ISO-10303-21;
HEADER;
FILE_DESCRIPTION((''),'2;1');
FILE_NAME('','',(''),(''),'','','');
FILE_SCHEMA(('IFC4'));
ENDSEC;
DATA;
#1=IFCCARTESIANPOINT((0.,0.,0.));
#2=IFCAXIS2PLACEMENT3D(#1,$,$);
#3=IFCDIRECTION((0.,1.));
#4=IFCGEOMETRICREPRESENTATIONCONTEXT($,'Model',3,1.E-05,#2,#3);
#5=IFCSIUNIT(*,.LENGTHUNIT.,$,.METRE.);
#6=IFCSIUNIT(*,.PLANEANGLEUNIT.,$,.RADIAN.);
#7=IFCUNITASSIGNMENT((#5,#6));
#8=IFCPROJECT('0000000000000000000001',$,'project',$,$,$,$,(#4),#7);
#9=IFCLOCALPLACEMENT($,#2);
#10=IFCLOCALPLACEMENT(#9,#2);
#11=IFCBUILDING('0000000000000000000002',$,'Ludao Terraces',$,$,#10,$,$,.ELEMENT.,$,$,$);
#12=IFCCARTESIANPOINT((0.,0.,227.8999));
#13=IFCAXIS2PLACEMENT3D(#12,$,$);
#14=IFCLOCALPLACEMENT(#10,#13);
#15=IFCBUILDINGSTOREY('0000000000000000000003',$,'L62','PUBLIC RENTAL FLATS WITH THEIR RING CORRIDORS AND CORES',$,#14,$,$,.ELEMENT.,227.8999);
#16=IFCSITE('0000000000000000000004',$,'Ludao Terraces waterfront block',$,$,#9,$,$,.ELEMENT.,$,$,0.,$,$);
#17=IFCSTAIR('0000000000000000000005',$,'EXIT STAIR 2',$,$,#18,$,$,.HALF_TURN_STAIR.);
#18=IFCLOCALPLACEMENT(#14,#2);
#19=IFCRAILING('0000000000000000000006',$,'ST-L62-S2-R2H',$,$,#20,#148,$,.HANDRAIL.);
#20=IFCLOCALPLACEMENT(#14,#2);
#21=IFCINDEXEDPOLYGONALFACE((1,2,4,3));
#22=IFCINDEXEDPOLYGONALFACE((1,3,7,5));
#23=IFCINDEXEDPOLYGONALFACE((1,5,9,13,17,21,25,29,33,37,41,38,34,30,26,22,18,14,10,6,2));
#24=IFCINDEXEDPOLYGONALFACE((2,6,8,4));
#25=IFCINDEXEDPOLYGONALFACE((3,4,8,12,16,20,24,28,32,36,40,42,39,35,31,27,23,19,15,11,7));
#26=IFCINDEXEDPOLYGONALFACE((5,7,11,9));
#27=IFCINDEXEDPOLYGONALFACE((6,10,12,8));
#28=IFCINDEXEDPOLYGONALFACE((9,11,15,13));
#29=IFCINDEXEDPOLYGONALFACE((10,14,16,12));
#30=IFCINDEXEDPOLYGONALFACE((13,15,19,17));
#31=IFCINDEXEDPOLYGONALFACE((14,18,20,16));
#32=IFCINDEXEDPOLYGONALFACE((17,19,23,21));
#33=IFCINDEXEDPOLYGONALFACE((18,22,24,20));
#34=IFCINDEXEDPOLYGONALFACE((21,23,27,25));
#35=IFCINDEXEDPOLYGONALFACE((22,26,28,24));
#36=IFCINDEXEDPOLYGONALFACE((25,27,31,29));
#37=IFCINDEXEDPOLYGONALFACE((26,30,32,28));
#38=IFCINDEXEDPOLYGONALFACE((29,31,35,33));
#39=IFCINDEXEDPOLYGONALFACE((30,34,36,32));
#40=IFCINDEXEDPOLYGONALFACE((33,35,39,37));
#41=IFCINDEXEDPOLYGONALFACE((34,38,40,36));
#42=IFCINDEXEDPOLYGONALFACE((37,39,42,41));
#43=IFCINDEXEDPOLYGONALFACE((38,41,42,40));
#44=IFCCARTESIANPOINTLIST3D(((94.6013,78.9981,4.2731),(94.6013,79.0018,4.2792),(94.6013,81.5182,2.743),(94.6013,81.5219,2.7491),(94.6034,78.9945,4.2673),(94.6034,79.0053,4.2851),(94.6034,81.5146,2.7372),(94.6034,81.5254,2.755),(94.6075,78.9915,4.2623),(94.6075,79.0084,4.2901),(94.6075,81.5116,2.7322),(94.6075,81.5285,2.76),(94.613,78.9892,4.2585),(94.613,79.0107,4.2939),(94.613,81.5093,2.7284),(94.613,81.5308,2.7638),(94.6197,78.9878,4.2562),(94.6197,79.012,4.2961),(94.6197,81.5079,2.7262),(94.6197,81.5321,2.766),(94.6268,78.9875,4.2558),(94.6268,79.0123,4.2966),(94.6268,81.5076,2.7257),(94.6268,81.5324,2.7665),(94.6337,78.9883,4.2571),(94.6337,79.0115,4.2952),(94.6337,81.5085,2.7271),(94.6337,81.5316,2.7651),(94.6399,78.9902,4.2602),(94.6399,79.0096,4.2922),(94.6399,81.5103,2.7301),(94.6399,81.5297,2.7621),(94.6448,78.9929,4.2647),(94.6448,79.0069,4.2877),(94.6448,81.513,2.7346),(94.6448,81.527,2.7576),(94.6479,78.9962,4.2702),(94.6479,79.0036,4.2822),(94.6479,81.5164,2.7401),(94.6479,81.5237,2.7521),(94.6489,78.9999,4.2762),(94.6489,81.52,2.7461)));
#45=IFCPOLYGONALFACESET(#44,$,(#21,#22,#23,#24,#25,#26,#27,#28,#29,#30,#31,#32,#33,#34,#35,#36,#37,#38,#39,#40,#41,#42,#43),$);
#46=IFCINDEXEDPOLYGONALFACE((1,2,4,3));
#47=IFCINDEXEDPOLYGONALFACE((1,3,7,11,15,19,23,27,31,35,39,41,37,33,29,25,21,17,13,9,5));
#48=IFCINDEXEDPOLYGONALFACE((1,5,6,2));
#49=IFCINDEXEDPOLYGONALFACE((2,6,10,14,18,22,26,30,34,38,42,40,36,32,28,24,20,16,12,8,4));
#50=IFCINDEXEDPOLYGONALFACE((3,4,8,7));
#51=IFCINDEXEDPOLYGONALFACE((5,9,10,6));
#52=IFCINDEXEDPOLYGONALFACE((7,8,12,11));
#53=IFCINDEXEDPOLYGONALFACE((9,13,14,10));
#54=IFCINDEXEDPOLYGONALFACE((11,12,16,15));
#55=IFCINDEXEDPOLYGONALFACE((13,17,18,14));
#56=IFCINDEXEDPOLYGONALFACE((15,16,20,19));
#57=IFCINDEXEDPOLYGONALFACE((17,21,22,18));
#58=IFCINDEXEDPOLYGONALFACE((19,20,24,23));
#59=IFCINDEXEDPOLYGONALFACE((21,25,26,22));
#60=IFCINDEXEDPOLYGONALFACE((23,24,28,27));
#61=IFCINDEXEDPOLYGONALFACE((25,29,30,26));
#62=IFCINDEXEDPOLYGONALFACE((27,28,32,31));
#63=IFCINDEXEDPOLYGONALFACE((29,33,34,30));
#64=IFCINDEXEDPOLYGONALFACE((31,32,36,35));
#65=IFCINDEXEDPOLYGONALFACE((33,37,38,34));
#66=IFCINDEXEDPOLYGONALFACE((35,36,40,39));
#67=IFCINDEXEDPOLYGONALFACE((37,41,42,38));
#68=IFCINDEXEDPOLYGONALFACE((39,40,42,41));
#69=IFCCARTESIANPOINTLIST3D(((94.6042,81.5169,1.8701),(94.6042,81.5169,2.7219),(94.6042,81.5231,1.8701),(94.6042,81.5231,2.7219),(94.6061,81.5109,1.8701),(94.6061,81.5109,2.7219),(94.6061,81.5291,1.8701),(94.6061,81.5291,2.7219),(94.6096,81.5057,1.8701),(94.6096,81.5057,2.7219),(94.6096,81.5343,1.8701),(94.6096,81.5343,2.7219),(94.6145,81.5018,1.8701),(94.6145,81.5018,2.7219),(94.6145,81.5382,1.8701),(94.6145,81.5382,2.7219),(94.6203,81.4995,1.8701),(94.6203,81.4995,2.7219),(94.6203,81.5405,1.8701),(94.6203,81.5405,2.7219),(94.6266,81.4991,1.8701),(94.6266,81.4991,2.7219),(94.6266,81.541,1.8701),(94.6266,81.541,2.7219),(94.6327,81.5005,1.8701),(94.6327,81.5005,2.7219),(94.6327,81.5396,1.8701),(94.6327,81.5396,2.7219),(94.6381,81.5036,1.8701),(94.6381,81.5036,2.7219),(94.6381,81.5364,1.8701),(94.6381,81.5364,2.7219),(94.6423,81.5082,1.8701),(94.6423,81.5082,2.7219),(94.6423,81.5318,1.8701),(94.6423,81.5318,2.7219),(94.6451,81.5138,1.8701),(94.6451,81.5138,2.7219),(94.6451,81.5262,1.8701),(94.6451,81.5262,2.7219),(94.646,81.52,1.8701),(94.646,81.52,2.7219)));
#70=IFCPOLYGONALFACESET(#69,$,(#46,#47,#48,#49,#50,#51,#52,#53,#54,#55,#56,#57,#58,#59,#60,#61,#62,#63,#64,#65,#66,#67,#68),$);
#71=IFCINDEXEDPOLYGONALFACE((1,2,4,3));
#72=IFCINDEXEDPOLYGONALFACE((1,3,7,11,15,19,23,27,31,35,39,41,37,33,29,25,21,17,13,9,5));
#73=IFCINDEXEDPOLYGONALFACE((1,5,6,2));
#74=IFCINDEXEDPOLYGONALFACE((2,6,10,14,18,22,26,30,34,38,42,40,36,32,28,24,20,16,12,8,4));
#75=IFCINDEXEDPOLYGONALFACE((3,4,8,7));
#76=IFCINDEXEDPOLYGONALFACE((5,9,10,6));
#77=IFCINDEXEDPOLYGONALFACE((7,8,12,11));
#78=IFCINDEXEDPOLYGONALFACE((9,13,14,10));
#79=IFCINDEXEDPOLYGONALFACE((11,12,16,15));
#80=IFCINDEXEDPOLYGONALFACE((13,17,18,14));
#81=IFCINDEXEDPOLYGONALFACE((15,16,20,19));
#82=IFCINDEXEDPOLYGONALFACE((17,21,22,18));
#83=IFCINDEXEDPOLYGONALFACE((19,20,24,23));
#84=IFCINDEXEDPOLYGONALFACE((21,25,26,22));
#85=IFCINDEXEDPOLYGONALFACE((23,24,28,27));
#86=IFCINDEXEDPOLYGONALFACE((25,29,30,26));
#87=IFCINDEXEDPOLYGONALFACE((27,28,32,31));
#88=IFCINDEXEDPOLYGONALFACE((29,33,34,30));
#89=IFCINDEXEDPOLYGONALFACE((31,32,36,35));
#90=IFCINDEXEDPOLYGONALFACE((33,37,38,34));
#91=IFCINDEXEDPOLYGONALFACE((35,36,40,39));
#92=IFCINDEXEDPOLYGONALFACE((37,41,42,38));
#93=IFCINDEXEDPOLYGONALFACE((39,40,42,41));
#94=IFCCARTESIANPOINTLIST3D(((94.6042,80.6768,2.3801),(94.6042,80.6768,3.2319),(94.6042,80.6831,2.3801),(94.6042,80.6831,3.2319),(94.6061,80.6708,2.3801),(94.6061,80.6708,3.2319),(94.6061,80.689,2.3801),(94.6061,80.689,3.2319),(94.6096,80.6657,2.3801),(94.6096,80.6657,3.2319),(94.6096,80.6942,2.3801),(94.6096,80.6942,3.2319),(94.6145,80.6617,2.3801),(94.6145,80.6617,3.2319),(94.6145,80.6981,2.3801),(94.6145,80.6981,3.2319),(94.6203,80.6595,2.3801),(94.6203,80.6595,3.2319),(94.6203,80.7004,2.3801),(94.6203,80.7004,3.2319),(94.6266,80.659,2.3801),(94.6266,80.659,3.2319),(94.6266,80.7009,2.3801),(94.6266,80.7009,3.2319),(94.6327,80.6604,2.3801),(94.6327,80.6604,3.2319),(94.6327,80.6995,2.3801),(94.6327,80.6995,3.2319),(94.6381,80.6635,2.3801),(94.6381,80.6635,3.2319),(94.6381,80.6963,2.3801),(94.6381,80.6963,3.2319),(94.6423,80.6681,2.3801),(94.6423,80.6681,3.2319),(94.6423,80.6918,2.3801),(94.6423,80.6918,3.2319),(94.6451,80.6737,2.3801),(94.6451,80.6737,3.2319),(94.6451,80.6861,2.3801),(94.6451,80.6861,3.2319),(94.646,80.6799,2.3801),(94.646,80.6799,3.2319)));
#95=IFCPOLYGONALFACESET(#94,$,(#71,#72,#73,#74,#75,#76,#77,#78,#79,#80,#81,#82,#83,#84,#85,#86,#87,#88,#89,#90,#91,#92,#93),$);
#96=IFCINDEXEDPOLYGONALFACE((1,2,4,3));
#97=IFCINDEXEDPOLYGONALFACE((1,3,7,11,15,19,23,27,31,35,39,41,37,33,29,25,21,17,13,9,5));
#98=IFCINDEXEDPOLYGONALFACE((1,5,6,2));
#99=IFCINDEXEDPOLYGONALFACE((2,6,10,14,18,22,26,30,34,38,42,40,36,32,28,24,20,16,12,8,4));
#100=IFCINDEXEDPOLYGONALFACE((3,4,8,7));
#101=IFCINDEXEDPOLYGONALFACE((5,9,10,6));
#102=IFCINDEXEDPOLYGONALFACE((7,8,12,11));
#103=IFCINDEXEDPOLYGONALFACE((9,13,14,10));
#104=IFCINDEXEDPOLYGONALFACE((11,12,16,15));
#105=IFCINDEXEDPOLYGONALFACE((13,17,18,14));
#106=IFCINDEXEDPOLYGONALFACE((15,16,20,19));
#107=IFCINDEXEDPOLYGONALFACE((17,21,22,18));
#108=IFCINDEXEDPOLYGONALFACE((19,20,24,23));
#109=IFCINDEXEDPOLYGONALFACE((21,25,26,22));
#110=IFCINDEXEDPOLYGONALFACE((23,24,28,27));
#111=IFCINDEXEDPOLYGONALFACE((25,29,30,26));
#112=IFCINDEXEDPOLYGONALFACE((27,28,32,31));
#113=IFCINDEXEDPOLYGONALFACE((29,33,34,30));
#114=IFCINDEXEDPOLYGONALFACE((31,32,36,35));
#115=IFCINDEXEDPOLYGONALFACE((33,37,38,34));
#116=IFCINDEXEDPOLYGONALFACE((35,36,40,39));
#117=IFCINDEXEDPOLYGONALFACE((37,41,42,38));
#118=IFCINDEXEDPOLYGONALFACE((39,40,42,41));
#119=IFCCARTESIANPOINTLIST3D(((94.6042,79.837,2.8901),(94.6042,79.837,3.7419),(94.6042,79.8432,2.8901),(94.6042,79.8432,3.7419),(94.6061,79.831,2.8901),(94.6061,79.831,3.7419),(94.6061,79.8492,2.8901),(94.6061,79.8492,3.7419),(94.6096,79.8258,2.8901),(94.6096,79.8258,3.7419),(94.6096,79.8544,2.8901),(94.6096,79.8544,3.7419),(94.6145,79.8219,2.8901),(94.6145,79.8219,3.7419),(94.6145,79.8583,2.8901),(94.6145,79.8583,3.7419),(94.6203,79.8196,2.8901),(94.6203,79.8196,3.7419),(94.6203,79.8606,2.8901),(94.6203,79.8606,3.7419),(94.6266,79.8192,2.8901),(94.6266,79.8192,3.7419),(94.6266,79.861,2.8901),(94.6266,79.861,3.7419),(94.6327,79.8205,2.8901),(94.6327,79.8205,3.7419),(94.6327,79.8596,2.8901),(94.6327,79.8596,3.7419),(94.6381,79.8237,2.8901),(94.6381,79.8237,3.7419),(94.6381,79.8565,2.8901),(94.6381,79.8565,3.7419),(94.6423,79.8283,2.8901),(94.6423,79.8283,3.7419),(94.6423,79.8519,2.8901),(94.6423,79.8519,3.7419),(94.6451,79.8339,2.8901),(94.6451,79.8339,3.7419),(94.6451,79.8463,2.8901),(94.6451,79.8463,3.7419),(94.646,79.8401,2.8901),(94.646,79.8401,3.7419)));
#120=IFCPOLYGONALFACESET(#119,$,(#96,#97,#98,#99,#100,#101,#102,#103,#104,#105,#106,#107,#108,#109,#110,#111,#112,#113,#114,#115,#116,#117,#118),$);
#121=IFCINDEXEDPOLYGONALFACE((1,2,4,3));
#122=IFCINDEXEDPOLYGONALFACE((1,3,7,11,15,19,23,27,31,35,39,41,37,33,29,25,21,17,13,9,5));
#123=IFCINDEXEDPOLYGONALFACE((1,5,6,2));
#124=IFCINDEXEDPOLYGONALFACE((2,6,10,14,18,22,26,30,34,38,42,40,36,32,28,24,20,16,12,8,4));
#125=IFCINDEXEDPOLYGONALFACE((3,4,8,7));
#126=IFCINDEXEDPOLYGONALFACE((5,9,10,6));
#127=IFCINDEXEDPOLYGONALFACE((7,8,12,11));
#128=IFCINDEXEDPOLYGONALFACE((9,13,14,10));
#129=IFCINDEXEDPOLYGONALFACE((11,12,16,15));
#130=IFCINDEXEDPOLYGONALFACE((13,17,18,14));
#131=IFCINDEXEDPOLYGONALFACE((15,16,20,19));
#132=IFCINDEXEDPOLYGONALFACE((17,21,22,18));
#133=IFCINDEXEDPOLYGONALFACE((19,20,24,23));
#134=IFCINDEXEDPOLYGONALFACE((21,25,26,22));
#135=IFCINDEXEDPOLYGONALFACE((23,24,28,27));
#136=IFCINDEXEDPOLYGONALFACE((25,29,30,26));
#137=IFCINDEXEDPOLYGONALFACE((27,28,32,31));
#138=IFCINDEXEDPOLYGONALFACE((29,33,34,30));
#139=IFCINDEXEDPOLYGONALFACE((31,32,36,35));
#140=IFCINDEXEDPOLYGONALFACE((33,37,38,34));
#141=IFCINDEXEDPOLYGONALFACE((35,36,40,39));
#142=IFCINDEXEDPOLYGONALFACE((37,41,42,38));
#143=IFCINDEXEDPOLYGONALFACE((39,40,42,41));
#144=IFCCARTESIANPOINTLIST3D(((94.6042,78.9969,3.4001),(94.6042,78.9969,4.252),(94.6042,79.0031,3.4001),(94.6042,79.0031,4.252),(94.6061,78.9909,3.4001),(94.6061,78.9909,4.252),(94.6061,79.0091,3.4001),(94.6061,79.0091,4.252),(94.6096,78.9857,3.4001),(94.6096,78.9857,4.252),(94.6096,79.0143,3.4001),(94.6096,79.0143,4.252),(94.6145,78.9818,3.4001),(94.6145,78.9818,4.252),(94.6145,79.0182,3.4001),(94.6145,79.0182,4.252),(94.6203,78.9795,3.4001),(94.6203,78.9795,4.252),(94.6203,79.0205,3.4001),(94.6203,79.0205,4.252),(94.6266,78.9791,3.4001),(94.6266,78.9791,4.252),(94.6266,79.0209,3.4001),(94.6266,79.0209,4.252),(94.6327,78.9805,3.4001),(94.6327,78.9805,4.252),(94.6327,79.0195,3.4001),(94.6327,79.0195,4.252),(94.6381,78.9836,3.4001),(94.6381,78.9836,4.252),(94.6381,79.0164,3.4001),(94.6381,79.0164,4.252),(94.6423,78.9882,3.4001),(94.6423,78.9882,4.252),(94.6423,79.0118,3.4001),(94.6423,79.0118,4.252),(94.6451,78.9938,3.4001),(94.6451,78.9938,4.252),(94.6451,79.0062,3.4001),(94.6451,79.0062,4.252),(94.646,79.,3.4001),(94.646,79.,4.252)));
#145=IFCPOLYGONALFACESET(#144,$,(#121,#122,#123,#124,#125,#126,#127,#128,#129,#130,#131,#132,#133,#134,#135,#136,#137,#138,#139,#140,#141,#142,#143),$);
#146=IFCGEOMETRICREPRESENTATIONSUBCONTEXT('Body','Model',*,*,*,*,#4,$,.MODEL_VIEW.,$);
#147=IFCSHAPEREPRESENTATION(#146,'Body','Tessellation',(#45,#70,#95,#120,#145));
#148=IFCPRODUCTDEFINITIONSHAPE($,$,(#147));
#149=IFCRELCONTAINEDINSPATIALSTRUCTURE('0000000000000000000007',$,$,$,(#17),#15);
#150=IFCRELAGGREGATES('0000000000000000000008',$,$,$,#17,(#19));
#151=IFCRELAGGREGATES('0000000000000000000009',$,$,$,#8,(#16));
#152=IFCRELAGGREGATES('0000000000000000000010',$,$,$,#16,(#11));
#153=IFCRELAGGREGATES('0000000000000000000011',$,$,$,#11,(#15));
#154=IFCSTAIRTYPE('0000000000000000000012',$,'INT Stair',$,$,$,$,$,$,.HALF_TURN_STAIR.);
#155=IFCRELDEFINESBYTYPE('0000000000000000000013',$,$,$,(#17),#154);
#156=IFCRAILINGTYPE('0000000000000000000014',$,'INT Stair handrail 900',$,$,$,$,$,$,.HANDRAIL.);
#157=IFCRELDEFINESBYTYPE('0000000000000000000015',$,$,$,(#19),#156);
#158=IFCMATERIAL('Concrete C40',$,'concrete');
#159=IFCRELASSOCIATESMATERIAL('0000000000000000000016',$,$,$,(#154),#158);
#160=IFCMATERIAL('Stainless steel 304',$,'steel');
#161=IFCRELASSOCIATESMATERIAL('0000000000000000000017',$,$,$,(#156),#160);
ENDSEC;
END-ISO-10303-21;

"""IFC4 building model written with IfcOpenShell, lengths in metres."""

from ifc_helpers import new_model, si_unit, direction, frame, origin, origin_2d, place, context, subcontext, project, spatial, circle, extrude, material, type_object, element, aggregate, save


model = new_model("IFC4")

# Units and contexts
model_context = context("Model", 3, precision=1e-05, world=origin(), true_north=direction((0.0, 1.0)))
body_context = subcontext(model_context, "Body", "Model", "MODEL_VIEW")
ifc_project = project(units=[si_unit("LENGTHUNIT", "METRE"), si_unit("PLANEANGLEUNIT", "RADIAN")], contexts=[model_context])

# Site, building, storey
site_placement = place(None, origin())
site = spatial("IfcSite", under=ifc_project, at=site_placement, Name="Ludao Terraces waterfront block", CompositionType="ELEMENT", RefElevation=0.0)
building_placement = place(site_placement, origin())
building = spatial("IfcBuilding", under=site, at=building_placement, Name="Ludao Terraces", CompositionType="ELEMENT")
storey_placement = place(building_placement, frame((0.0, 0.0, 227.8999)))
storey = spatial("IfcBuildingStorey", under=building, at=storey_placement, Name="L62", Description="PUBLIC RENTAL FLATS WITH THEIR RING CORRIDORS AND CORES", CompositionType="ELEMENT", Elevation=227.8999)

# Shared definitions
ifc_material_1 = material(Name="Stainless steel 304", Category="steel")

# Stair, railing
ifc_material_2 = material(Name="Concrete C40", Category="concrete")
stair_type = type_object("IfcStairType", Name="INT Stair", PredefinedType="HALF_TURN_STAIR", material=ifc_material_2)
stair_placement = place(storey_placement, origin())
stair = element("IfcStair", 1, at=stair_placement, inside=storey, type_object=stair_type, Name="EXIT STAIR 2", PredefinedType="HALF_TURN_STAIR")
railing_type_1 = type_object("IfcRailingType", Name="INT Stair handrail 900", PredefinedType="HANDRAIL", material=ifc_material_1)
railing_1_placement = place(storey_placement, frame((94.625, 81.52, 1.8701)))
railing_1 = element("IfcRailing", 2, at=railing_1_placement, type_object=railing_type_1, Name="ST-L62-S2-R2H", PredefinedType="HANDRAIL", context=body_context, shape_type="SweptSolid", body=[
    extrude(circle(Radius=0.0239, at=origin_2d()), frame((0.0, 0.0, 0.876), z_axis=(0.0, -0.854785, 0.518982), x_axis=(1.0, 0.0, 0.0)), (0.0, 0.0, 1.0), 2.9482),
    extrude(circle(Radius=0.021, at=origin_2d()), origin(), (0.0, 0.0, 1.0), 0.8518),
    extrude(circle(Radius=0.021, at=origin_2d()), frame((0.0, -0.8401, 0.51)), (0.0, 0.0, 1.0), 0.8518),
    extrude(circle(Radius=0.021, at=origin_2d()), frame((0.0, -1.6799, 1.02)), (0.0, 0.0, 1.0), 0.8518),
    extrude(circle(Radius=0.021, at=origin_2d()), frame((0.0, -2.52, 1.53)), (0.0, 0.0, 1.0), 0.8518),
])
aggregate(stair, [railing_1])

save(model, "model.ifc")
